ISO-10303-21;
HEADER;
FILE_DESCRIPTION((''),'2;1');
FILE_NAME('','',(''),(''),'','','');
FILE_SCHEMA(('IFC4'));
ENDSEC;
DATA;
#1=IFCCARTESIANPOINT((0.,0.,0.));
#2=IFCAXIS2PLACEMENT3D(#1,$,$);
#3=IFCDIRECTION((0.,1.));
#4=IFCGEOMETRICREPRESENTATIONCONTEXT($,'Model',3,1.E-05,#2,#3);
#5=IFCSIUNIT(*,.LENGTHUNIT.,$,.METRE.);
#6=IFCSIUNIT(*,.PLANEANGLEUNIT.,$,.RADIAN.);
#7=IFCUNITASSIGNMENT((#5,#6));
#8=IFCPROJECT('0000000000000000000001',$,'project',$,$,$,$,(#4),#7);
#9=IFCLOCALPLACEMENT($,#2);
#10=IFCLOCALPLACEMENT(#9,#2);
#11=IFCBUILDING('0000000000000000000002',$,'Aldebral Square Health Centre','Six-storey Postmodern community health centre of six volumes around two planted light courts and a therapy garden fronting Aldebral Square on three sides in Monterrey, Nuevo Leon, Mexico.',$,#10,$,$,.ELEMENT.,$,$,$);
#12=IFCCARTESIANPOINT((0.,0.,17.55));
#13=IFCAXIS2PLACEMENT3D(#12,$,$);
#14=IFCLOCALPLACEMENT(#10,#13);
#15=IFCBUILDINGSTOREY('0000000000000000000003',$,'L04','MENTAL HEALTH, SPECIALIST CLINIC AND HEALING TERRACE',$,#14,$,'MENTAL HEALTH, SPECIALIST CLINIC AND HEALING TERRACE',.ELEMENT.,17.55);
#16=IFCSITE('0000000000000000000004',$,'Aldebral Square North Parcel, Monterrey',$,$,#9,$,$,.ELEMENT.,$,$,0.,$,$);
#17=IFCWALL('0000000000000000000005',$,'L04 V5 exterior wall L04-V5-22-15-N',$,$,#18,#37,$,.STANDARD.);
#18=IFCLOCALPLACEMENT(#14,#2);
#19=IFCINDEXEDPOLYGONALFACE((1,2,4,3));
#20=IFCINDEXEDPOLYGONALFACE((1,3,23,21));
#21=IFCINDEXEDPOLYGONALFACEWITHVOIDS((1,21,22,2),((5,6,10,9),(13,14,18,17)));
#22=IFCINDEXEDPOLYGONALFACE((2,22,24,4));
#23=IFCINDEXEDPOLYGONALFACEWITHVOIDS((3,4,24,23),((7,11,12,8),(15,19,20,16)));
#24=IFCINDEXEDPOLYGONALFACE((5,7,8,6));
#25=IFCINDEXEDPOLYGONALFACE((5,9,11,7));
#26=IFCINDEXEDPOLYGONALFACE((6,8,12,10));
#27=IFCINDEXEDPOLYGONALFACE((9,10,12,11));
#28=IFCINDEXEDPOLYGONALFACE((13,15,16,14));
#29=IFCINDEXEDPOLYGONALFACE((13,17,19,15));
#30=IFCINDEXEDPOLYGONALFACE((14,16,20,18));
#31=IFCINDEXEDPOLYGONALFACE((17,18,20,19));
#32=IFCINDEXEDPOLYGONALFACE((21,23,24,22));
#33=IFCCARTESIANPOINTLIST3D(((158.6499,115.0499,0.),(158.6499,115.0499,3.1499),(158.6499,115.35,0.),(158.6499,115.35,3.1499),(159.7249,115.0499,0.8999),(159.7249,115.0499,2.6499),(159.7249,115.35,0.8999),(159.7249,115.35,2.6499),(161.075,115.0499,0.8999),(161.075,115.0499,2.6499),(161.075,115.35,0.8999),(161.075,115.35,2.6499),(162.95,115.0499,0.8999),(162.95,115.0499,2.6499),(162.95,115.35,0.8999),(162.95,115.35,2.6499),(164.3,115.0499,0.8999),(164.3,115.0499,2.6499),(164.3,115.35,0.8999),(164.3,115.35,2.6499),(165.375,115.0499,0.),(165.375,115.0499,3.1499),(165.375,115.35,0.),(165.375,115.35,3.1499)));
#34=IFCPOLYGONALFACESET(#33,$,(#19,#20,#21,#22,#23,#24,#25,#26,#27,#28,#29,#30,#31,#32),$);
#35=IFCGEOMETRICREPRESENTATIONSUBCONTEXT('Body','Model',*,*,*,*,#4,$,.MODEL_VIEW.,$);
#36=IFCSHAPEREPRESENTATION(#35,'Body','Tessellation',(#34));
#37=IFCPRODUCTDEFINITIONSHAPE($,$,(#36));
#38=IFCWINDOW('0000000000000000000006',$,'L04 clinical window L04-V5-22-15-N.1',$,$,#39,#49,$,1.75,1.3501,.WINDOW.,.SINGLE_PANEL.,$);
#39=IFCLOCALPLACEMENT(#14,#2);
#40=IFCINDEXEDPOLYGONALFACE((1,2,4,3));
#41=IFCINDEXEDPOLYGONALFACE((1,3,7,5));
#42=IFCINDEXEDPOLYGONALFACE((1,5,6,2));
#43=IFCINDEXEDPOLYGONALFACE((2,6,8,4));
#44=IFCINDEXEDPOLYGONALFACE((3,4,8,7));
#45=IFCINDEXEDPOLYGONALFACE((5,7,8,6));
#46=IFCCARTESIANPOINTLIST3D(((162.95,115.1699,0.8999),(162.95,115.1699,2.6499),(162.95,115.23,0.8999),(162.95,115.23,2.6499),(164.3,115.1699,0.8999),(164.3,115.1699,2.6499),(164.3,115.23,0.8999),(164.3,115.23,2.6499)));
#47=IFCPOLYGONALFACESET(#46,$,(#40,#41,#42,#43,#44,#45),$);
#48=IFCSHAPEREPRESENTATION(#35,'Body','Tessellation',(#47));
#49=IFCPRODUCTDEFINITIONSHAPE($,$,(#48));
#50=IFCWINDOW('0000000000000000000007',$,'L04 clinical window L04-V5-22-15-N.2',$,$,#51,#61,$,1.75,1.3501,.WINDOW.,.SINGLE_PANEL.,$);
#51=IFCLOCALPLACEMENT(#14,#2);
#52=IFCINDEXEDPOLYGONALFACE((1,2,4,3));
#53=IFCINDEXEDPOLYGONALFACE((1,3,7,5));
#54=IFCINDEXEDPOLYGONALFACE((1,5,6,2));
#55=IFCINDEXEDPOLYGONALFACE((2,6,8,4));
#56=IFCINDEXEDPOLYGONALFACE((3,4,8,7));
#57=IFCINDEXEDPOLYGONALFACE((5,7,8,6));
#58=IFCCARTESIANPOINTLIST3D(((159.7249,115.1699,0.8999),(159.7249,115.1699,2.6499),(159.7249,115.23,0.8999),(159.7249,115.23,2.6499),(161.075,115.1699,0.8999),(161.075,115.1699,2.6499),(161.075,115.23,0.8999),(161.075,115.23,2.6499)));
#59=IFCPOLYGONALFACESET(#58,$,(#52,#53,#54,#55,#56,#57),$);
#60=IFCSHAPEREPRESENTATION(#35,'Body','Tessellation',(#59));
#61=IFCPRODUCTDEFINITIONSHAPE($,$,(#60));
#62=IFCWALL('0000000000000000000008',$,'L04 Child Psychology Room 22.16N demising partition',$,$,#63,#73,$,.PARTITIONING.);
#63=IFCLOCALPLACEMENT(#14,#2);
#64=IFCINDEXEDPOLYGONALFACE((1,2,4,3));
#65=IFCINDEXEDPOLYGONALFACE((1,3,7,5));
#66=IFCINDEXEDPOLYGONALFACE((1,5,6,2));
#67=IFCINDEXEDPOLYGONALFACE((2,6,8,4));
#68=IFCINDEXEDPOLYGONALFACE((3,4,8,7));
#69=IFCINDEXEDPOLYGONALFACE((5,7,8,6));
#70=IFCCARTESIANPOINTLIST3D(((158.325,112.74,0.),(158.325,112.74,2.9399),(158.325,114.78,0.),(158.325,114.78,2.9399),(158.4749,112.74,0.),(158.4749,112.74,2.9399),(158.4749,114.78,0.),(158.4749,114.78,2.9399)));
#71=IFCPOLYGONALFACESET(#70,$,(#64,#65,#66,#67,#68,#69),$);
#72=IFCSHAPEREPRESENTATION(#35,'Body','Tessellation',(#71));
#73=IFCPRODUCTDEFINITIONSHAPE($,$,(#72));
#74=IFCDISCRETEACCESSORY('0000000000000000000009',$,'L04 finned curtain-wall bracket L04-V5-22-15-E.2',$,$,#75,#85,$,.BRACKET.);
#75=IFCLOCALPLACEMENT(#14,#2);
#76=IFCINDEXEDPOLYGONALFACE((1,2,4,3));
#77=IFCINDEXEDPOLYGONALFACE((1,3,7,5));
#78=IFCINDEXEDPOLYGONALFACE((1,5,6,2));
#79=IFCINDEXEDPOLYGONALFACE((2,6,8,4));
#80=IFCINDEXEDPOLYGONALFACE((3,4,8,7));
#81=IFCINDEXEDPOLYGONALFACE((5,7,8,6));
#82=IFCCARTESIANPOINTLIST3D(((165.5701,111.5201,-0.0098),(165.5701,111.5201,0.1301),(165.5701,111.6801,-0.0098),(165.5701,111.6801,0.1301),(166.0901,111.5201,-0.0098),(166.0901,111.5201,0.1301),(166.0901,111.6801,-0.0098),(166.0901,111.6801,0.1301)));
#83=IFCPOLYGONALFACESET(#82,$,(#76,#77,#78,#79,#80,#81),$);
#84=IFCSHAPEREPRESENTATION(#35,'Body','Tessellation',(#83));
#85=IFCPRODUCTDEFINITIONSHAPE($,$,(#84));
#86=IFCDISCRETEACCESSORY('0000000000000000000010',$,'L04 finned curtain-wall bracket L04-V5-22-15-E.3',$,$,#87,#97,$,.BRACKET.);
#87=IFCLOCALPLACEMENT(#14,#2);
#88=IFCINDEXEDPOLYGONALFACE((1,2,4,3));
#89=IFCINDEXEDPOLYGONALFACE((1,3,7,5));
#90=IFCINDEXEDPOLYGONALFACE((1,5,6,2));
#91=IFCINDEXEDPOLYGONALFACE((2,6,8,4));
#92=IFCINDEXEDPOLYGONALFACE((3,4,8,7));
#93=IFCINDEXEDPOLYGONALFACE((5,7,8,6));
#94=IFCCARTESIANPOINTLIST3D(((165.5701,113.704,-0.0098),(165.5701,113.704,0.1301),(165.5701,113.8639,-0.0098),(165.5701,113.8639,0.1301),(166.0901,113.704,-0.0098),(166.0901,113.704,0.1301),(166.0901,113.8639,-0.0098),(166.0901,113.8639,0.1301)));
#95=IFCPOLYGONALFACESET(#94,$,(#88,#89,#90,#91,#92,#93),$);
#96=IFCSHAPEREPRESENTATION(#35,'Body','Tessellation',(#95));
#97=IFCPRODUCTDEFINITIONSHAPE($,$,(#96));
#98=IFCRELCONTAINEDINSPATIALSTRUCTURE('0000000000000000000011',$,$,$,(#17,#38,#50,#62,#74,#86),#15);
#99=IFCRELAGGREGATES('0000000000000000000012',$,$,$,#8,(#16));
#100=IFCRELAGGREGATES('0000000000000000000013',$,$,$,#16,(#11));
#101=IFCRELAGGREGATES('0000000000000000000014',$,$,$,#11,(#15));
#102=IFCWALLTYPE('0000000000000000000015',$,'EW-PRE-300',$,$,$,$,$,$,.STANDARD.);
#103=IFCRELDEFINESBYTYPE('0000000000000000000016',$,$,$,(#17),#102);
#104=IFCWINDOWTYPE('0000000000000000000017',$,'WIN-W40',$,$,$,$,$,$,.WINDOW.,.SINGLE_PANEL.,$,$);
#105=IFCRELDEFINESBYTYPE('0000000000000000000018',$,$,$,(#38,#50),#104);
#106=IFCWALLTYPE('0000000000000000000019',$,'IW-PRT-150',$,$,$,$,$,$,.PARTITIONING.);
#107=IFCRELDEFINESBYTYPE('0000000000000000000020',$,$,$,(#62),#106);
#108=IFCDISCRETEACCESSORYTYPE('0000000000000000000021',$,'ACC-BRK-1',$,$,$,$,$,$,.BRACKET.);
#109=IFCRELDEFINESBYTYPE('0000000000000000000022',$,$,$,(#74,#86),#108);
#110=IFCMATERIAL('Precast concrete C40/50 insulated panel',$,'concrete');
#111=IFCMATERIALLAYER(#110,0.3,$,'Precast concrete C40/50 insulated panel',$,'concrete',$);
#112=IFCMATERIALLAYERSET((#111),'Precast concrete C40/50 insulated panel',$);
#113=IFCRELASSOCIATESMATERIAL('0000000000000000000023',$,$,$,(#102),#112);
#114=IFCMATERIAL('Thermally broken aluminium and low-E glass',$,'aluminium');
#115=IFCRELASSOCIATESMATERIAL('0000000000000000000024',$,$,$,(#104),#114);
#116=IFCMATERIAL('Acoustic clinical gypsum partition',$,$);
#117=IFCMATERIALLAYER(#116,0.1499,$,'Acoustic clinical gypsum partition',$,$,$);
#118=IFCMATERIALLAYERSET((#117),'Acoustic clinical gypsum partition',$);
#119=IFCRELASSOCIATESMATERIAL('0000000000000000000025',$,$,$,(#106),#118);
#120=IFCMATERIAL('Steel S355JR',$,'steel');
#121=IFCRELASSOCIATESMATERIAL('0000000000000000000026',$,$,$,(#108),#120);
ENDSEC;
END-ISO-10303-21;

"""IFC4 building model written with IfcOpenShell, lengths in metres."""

from ifc_helpers import new_model, si_unit, direction, frame, frame_2d, origin, origin_2d, place, context, subcontext, project, spatial, rectangle, extrude, material, layer, layer_set, type_object, element, fill, save


model = new_model("IFC4")

# Units and contexts
model_context = context("Model", 3, precision=1e-05, world=origin(), true_north=direction((0.0, 1.0)))
body_context = subcontext(model_context, "Body", "Model", "MODEL_VIEW")
ifc_project = project(units=[si_unit("LENGTHUNIT", "METRE"), si_unit("PLANEANGLEUNIT", "RADIAN")], contexts=[model_context])

# Site, building, storey
site_placement = place(None, origin())
site = spatial("IfcSite", under=ifc_project, at=site_placement, Name="Aldebral Square North Parcel, Monterrey", CompositionType="ELEMENT", RefElevation=0.0)
building_placement = place(site_placement, origin())
building = spatial("IfcBuilding", under=site, at=building_placement, Name="Aldebral Square Health Centre", Description="Six-storey Postmodern community health centre of six volumes around two planted light courts and a therapy garden fronting Aldebral Square on three sides in Monterrey, Nuevo Leon, Mexico.", CompositionType="ELEMENT")
storey_placement = place(building_placement, frame((0.0, 0.0, 17.55)))
storey = spatial("IfcBuildingStorey", under=building, at=storey_placement, Name="L04", Description="MENTAL HEALTH, SPECIALIST CLINIC AND HEALING TERRACE", LongName="MENTAL HEALTH, SPECIALIST CLINIC AND HEALING TERRACE", CompositionType="ELEMENT", Elevation=17.55)

# Wall, openings, windows
ifc_material_1 = material(Name="Thermally broken aluminium and low-E glass", Category="aluminium")
ifc_material_2 = material(Name="Precast concrete C40/50 insulated panel", Category="concrete")
ifc_layer_1 = layer(ifc_material_2, 0.3, Name="Precast concrete C40/50 insulated panel", Category="concrete")
ifc_layer_set_1 = layer_set([ifc_layer_1], Name="Precast concrete C40/50 insulated panel")
wall_type_1 = type_object("IfcWallType", Name="EW-PRE-300", PredefinedType="STANDARD", material=ifc_layer_set_1)
wall_1_placement = place(storey_placement, frame((165.375, 115.2, 0.0), z_axis=(0.0, 0.0, 1.0), x_axis=(-1.0, 0.0, 0.0)))
wall_1 = element("IfcWall", 1, at=wall_1_placement, inside=storey, type_object=wall_type_1, Name="L04 V5 exterior wall L04-V5-22-15-N", PredefinedType="STANDARD", context=body_context, shape_type="SweptSolid", body=[
    extrude(rectangle(XDim=6.7251, YDim=0.3, at=frame_2d((3.3625, 0.0))), origin(), (0.0, 0.0, 1.0), 3.1499),
])
opening_1_placement = place(wall_1_placement, frame((1.075, 0.0, 0.8999)))
opening_1 = element("IfcOpeningElement", 2, at=opening_1_placement, cuts=wall_1, PredefinedType="OPENING", context=body_context, shape_type="SweptSolid", body=[
    extrude(rectangle(XDim=1.3501, YDim=1.75, at=frame_2d((0.675, 0.875))), frame((0.0, 0.1602, 0.0), z_axis=(0.0, -1.0, 0.0), x_axis=(1.0, 0.0, 0.0)), (0.0, 0.0, 1.0), 0.3201),
])
opening_2_placement = place(wall_1_placement, frame((4.3, 0.0, 0.8999)))
opening_2 = element("IfcOpeningElement", 3, at=opening_2_placement, cuts=wall_1, PredefinedType="OPENING", context=body_context, shape_type="SweptSolid", body=[
    extrude(rectangle(XDim=1.3501, YDim=1.75, at=frame_2d((0.675, 0.875))), frame((0.0, 0.1602, 0.0), z_axis=(0.0, -1.0, 0.0), x_axis=(1.0, 0.0, 0.0)), (0.0, 0.0, 1.0), 0.3201),
])
window_type_1 = type_object("IfcWindowType", Name="WIN-W40", PartitioningType="SINGLE_PANEL", PredefinedType="WINDOW", material=ifc_material_1)
window_1_placement = place(opening_1_placement, origin())
window_1 = element("IfcWindow", 4, at=window_1_placement, inside=storey, type_object=window_type_1, Name="L04 clinical window L04-V5-22-15-N.1", OverallHeight=1.75, OverallWidth=1.3501, PartitioningType="SINGLE_PANEL", PredefinedType="WINDOW", context=body_context, shape_type="SweptSolid", body=[
    extrude(rectangle(XDim=1.3501, YDim=1.75, at=frame_2d((0.675, 0.875))), frame((0.0, 0.03, 0.0), z_axis=(0.0, -1.0, 0.0), x_axis=(1.0, 0.0, 0.0)), (0.0, 0.0, 1.0), 0.0601),
])
fill(opening_1, window_1)
window_2_placement = place(opening_2_placement, origin())
window_2 = element("IfcWindow", 5, at=window_2_placement, inside=storey, type_object=window_type_1, Name="L04 clinical window L04-V5-22-15-N.2", OverallHeight=1.75, OverallWidth=1.3501, PartitioningType="SINGLE_PANEL", PredefinedType="WINDOW", context=body_context, shape_type="SweptSolid", body=[
    extrude(rectangle(XDim=1.3501, YDim=1.75, at=frame_2d((0.675, 0.875))), frame((0.0, 0.03, 0.0), z_axis=(0.0, -1.0, 0.0), x_axis=(1.0, 0.0, 0.0)), (0.0, 0.0, 1.0), 0.0601),
])
fill(opening_2, window_2)

# Wall
ifc_material_3 = material(Name="Acoustic clinical gypsum partition")
ifc_layer_2 = layer(ifc_material_3, 0.1499, Name="Acoustic clinical gypsum partition")
ifc_layer_set_2 = layer_set([ifc_layer_2], Name="Acoustic clinical gypsum partition")
wall_type_2 = type_object("IfcWallType", Name="IW-PRT-150", PredefinedType="PARTITIONING", material=ifc_layer_set_2)
wall_2_placement = place(storey_placement, frame((158.3999, 112.74, 0.0), z_axis=(0.0, 0.0, 1.0), x_axis=(0.0, 1.0, 0.0)))
element("IfcWall", 6, at=wall_2_placement, inside=storey, type_object=wall_type_2, Name="L04 Child Psychology Room 22.16N demising partition", PredefinedType="PARTITIONING", context=body_context, shape_type="SweptSolid", body=[
    extrude(rectangle(XDim=2.04, YDim=0.1499, at=frame_2d((1.02, 0.0))), origin(), (0.0, 0.0, 1.0), 2.9399),
])

# Discrete accessories
ifc_material_4 = material(Name="Steel S355JR", Category="steel")
discrete_accessory_type = type_object("IfcDiscreteAccessoryType", Name="ACC-BRK-1", PredefinedType="BRACKET", material=ifc_material_4)
for number, where, z_axis, x_axis, name in (
    (7, (165.8301, 111.6001, -0.0098), (0.0, 0.0, 1.0), (0.0, 1.0, 0.0), "L04 finned curtain-wall bracket L04-V5-22-15-E.2"),
    (8, (165.8301, 113.7839, -0.0098), (0.0, 0.0, 1.0), (0.0, 1.0, 0.0), "L04 finned curtain-wall bracket L04-V5-22-15-E.3"),
):
    element("IfcDiscreteAccessory", number, at=place(storey_placement, frame(where, z_axis=z_axis, x_axis=x_axis)), inside=storey, type_object=discrete_accessory_type, Name=name, PredefinedType="BRACKET", context=body_context, shape_type="SweptSolid", body=[
        extrude(rectangle(XDim=0.1599, YDim=0.52, at=origin_2d()), origin(), (0.0, 0.0, 1.0), 0.1399),
    ])

save(model, "model.ifc")
